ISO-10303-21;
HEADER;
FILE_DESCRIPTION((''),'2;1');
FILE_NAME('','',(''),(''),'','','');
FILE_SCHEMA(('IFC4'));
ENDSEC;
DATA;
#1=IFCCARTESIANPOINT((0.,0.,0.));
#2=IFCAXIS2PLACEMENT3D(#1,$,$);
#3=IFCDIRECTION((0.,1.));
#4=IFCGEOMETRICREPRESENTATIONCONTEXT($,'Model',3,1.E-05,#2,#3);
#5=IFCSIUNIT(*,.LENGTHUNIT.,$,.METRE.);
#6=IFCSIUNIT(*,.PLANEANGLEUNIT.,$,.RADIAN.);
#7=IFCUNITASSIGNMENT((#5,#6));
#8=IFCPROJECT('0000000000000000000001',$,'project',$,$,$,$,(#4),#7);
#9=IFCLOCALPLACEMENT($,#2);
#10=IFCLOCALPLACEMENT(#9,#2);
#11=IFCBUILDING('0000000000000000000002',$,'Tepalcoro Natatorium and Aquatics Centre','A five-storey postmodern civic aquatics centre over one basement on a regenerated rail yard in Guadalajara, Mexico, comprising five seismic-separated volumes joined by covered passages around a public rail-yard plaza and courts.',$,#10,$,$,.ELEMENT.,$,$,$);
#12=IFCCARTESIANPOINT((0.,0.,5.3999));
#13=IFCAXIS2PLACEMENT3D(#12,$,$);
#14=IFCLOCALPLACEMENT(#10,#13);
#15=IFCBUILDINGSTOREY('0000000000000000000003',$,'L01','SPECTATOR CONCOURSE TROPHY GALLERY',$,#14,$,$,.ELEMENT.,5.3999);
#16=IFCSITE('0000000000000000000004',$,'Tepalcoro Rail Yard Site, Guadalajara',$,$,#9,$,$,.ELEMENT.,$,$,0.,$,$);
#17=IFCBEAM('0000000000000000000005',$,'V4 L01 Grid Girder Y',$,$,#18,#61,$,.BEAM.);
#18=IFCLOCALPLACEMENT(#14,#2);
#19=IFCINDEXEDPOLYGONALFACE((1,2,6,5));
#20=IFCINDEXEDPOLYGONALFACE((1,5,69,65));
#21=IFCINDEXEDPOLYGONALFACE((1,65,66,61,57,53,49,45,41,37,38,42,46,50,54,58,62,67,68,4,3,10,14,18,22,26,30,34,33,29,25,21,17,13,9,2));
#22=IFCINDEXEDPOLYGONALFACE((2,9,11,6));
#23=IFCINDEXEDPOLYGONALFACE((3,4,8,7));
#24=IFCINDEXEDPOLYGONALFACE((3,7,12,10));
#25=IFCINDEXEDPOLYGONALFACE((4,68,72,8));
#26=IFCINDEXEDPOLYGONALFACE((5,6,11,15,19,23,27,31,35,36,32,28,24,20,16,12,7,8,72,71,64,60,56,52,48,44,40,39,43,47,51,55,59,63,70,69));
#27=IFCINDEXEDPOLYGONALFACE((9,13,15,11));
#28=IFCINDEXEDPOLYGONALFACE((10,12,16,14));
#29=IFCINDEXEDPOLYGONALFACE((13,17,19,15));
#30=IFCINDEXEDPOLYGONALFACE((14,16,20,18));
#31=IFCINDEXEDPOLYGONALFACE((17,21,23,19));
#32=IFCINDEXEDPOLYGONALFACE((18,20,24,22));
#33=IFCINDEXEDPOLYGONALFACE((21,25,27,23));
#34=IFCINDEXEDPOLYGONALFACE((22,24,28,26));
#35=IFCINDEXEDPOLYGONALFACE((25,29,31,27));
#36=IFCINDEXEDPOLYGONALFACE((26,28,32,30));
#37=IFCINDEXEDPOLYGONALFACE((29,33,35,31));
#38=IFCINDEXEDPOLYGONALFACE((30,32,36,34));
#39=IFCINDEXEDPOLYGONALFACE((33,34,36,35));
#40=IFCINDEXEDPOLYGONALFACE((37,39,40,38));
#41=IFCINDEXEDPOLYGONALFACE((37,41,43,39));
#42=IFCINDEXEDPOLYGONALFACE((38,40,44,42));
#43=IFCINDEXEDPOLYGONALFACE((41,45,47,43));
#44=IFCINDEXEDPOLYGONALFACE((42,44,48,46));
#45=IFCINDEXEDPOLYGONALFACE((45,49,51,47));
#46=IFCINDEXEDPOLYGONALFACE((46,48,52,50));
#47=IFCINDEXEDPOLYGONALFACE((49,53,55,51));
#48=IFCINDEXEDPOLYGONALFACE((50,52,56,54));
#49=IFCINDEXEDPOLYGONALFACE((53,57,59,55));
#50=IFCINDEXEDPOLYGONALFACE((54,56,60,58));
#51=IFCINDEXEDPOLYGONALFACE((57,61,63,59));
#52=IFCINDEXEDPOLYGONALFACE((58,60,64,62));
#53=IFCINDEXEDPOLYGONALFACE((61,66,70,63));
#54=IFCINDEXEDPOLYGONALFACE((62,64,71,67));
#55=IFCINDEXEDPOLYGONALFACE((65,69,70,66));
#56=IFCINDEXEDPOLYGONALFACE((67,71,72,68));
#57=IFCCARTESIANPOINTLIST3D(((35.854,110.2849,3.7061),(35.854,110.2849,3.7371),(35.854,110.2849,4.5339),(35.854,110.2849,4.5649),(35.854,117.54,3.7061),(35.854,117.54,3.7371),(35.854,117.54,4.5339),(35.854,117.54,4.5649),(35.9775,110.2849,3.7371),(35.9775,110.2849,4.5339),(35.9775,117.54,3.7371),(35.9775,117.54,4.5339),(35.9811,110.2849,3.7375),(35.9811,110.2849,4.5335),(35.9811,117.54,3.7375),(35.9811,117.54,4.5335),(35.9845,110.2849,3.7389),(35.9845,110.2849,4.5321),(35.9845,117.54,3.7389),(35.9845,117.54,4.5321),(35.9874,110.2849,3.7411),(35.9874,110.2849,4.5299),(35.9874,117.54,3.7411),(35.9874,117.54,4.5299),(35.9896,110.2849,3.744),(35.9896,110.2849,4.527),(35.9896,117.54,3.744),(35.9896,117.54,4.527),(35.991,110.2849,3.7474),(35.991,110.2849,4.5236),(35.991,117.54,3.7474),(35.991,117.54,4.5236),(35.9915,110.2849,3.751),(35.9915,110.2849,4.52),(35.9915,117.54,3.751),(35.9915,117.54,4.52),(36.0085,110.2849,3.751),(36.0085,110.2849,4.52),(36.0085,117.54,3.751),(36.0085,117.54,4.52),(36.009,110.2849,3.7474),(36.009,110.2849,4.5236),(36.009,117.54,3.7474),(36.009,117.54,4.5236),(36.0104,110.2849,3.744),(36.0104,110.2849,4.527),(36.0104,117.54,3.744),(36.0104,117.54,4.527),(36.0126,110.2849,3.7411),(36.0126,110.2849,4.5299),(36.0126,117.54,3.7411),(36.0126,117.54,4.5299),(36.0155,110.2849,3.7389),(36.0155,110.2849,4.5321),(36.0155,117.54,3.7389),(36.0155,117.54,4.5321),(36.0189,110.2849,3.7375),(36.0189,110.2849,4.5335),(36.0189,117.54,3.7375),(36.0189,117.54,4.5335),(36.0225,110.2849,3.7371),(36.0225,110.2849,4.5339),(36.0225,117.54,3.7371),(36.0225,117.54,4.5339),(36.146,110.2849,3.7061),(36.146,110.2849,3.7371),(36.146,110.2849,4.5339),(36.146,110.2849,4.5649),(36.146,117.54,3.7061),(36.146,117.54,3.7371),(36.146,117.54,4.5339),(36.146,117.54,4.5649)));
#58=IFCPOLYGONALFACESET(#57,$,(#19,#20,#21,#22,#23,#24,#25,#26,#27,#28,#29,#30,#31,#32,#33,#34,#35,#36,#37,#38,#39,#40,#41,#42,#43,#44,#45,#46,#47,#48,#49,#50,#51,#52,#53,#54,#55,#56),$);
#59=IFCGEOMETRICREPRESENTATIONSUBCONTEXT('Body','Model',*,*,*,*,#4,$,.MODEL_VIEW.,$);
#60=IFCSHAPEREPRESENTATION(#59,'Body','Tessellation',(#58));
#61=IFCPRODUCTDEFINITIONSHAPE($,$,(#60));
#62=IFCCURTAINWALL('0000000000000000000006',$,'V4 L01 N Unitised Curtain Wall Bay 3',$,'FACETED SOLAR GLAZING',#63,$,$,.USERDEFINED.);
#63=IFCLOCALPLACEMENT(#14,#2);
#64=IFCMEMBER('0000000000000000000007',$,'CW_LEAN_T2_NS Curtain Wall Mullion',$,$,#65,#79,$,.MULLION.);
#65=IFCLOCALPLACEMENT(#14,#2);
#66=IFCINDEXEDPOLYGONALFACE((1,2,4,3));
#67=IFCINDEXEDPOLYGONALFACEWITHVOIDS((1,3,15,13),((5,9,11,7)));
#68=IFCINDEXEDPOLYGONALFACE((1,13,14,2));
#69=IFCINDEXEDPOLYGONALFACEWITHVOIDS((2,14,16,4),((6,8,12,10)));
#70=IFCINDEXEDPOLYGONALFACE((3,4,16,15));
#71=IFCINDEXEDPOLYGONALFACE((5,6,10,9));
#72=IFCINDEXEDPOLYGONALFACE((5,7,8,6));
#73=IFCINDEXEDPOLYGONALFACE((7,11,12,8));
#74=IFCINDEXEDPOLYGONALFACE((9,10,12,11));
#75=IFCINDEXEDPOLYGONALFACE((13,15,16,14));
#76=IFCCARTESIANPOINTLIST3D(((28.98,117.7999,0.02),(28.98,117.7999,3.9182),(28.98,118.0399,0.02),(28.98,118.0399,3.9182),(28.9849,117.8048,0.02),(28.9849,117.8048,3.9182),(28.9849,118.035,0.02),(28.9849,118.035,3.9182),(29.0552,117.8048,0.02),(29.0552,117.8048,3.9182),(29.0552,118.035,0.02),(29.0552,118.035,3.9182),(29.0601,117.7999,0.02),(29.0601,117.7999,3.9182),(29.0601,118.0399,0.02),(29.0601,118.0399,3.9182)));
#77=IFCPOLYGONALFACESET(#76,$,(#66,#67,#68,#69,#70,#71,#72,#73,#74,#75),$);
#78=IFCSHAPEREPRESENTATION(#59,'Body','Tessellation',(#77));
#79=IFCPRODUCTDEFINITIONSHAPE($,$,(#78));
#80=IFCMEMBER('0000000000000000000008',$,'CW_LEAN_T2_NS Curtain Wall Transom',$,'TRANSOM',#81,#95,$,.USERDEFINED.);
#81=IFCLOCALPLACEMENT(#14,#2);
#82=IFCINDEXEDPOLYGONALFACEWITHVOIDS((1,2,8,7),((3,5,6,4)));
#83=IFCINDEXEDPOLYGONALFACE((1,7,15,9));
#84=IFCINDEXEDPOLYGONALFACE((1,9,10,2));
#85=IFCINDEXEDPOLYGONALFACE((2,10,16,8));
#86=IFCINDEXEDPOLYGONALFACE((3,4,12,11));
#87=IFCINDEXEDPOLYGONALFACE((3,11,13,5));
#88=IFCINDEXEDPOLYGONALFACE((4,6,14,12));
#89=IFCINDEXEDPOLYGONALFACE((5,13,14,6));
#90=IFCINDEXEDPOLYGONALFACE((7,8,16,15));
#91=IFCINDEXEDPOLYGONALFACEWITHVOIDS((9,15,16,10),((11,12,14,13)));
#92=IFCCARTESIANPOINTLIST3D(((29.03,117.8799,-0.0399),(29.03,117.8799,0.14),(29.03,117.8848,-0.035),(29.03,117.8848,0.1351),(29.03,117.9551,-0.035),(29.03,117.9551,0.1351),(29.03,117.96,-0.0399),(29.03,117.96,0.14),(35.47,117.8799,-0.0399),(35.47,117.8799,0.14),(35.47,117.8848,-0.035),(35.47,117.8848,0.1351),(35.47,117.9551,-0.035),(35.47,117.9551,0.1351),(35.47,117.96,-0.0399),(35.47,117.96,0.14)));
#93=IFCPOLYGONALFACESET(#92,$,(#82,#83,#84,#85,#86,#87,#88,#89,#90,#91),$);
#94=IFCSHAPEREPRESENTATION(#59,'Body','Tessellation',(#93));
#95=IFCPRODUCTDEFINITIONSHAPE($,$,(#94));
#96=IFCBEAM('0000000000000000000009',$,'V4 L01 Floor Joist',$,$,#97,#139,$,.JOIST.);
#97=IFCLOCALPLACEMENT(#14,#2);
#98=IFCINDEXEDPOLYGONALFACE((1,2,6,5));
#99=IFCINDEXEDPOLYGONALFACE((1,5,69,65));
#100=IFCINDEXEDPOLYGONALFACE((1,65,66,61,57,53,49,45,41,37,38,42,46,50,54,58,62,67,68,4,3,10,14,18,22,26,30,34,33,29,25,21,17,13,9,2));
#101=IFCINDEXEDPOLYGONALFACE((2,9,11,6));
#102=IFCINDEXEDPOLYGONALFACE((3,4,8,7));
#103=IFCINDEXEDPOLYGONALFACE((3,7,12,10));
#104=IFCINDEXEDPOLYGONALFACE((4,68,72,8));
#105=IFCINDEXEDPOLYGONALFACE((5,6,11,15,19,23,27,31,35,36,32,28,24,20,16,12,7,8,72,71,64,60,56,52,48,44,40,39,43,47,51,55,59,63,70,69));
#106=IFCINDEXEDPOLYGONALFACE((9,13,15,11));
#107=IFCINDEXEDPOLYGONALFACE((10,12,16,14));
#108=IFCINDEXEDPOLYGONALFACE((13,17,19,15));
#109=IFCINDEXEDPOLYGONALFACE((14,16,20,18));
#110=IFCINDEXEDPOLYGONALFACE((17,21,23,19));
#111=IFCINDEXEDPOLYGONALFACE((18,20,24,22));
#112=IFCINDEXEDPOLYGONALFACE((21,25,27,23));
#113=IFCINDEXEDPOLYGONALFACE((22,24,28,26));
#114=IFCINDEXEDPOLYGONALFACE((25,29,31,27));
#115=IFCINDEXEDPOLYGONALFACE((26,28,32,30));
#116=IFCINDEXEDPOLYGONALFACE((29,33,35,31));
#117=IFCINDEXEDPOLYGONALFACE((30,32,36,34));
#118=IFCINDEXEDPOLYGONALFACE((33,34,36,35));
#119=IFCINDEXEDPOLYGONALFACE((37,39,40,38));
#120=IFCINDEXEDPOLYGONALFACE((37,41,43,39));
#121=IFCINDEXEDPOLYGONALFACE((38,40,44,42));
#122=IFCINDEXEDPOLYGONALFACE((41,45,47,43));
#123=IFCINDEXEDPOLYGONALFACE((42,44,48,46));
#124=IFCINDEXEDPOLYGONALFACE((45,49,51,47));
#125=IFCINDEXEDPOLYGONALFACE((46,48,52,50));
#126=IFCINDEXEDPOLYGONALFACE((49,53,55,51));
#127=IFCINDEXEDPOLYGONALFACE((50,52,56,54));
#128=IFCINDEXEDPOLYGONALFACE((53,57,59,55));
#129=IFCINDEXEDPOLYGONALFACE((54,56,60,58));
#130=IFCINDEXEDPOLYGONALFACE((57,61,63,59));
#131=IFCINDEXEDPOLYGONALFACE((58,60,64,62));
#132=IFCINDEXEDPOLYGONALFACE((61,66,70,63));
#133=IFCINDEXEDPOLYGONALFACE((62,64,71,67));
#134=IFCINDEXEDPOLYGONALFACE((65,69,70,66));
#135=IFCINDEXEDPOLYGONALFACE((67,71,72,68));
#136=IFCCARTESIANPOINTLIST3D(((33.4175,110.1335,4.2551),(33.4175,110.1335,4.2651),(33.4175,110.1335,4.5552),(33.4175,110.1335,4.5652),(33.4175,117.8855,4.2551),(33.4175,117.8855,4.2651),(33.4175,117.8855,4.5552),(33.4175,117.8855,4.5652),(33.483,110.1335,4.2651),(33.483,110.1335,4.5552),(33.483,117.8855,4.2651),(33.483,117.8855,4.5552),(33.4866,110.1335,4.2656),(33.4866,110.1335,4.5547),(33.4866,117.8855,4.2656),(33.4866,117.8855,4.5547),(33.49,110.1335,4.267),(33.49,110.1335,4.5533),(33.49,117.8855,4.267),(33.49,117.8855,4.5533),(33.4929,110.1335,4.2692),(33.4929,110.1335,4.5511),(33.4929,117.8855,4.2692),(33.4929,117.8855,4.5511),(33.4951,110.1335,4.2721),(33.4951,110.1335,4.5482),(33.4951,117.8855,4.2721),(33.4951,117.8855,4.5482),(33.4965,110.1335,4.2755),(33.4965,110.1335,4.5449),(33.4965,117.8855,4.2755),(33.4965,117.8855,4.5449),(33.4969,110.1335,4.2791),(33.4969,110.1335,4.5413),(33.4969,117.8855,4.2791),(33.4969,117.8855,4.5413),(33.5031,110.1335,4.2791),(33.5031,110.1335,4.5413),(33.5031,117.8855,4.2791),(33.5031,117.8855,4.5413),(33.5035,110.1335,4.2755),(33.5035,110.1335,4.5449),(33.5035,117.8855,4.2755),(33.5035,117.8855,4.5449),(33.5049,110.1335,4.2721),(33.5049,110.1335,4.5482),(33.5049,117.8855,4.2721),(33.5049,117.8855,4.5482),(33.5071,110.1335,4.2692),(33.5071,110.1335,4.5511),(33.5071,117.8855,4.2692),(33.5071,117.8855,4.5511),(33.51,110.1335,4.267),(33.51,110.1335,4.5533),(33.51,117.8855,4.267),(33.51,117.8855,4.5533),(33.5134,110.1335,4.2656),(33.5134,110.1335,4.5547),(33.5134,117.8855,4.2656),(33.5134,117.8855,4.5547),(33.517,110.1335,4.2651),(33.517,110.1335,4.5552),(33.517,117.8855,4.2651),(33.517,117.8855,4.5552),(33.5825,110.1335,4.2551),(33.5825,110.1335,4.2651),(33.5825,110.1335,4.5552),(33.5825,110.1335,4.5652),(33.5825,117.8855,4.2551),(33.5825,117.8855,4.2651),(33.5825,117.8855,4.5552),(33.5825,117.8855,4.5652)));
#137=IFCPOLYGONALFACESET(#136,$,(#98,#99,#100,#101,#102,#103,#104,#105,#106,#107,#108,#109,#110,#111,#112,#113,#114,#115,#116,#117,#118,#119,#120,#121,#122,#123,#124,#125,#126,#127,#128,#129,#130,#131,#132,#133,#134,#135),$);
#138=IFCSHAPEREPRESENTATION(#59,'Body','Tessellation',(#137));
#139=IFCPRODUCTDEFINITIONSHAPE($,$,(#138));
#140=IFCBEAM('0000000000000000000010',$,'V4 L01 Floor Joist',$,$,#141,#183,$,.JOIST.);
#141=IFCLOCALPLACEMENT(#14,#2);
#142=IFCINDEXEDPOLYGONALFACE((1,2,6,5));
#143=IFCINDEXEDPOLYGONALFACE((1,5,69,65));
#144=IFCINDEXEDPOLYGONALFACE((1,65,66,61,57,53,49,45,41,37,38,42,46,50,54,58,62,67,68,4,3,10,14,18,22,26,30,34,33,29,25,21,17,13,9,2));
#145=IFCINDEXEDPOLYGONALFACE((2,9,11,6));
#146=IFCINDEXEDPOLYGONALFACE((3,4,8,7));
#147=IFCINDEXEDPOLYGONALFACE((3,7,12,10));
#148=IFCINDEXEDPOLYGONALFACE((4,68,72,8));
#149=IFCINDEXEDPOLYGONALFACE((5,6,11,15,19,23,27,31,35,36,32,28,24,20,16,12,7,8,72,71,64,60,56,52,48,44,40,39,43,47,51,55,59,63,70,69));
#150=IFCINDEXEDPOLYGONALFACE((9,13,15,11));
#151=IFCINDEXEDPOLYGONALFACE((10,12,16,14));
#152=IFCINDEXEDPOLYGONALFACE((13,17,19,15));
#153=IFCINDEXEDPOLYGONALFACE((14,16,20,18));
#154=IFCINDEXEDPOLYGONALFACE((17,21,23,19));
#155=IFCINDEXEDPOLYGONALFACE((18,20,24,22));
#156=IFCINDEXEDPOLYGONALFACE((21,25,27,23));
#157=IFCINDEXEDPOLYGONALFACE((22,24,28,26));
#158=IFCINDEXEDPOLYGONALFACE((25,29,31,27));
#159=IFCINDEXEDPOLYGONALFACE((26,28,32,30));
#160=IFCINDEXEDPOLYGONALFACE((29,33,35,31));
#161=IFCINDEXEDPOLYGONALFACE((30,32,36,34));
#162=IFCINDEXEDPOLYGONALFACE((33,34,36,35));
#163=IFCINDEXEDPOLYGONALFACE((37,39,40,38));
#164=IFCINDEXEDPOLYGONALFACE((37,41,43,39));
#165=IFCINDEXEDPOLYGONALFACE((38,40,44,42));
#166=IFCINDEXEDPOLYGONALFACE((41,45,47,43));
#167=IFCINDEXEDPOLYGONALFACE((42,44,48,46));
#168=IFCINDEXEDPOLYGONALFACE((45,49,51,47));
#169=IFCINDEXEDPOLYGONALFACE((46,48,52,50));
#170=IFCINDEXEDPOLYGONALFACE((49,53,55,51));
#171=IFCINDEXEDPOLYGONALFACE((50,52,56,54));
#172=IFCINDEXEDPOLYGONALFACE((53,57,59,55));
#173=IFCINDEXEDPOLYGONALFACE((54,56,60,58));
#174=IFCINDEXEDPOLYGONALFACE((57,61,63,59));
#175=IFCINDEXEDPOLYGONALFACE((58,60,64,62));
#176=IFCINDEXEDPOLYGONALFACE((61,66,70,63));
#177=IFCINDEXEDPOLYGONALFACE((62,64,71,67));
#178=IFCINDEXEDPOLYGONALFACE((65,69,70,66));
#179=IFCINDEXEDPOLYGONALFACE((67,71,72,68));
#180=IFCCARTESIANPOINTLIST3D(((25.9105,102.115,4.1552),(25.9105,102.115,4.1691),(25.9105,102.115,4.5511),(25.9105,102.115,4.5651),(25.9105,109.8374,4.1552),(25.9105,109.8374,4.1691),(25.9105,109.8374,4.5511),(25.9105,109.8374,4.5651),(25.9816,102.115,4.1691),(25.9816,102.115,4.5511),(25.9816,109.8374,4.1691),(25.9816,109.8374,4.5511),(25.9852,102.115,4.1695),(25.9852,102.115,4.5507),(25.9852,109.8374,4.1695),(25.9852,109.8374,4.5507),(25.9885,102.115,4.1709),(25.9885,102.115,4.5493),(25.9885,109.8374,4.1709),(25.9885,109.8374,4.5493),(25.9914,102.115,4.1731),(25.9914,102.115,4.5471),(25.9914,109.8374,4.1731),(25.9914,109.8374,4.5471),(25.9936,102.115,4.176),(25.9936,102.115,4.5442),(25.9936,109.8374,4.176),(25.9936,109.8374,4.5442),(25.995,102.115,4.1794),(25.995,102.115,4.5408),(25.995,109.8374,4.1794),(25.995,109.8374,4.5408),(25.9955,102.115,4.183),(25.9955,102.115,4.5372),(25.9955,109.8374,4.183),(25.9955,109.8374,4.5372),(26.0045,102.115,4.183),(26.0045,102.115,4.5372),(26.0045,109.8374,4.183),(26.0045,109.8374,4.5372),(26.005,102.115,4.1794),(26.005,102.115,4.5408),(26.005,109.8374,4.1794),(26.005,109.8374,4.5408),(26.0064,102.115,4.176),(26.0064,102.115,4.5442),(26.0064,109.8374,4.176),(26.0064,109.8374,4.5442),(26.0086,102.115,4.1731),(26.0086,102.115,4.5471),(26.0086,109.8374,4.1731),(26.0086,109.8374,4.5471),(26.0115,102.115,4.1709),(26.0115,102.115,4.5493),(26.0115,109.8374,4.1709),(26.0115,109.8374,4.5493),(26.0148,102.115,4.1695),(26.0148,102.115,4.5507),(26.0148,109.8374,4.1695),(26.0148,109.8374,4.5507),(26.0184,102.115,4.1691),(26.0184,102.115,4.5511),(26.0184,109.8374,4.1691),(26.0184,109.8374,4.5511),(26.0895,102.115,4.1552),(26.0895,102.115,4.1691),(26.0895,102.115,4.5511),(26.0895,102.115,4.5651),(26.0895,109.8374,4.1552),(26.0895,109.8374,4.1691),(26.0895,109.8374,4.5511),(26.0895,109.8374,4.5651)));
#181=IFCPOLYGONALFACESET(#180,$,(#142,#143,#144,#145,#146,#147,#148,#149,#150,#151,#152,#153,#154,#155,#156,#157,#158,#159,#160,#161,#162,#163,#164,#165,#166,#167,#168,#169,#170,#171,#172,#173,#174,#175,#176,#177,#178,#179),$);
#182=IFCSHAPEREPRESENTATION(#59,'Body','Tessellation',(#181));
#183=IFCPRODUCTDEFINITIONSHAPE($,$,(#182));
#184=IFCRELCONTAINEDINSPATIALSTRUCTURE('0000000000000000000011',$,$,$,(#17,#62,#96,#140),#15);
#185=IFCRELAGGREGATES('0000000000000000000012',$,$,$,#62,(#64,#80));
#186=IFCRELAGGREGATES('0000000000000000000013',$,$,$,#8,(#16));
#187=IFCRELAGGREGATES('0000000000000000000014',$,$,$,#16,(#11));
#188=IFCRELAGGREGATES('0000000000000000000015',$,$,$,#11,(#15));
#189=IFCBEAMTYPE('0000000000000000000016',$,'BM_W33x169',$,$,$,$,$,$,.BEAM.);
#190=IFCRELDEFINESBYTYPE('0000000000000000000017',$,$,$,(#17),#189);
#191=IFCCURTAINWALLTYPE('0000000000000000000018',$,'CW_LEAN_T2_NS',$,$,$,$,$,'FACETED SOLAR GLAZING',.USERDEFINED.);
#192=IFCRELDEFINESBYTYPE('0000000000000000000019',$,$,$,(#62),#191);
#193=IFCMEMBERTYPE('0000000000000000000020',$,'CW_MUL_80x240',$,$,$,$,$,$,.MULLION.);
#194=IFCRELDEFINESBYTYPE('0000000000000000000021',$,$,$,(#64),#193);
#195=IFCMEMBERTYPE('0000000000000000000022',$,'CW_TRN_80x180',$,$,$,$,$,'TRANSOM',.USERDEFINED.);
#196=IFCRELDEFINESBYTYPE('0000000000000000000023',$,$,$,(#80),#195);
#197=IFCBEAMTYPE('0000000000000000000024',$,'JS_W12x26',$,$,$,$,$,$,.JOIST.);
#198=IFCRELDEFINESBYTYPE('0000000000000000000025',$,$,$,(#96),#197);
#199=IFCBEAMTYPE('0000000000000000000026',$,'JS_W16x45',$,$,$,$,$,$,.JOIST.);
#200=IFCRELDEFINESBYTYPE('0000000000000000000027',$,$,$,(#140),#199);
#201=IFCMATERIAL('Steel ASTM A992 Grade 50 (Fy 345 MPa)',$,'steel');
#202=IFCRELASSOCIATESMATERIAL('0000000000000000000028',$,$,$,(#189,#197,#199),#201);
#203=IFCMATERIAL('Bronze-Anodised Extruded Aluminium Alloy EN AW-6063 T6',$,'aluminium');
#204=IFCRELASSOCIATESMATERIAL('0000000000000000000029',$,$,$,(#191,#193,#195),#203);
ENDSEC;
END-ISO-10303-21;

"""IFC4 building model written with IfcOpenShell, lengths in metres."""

from ifc_helpers import new_model, si_unit, direction, frame, origin, origin_2d, place, context, subcontext, project, spatial, hollow_rectangle, i_section, extrude, material, material_profile, profile_set, type_object, element, aggregate, save


model = new_model("IFC4")

# Units and contexts
model_context = context("Model", 3, precision=1e-05, world=origin(), true_north=direction((0.0, 1.0)))
body_context = subcontext(model_context, "Body", "Model", "MODEL_VIEW")
ifc_project = project(units=[si_unit("LENGTHUNIT", "METRE"), si_unit("PLANEANGLEUNIT", "RADIAN")], contexts=[model_context])

# Site, building, storey
site_placement = place(None, origin())
site = spatial("IfcSite", under=ifc_project, at=site_placement, Name="Tepalcoro Rail Yard Site, Guadalajara", CompositionType="ELEMENT", RefElevation=0.0)
building_placement = place(site_placement, origin())
building = spatial("IfcBuilding", under=site, at=building_placement, Name="Tepalcoro Natatorium and Aquatics Centre", Description="A five-storey postmodern civic aquatics centre over one basement on a regenerated rail yard in Guadalajara, Mexico, comprising five seismic-separated volumes joined by covered passages around a public rail-yard plaza and courts.", CompositionType="ELEMENT")
storey_placement = place(building_placement, frame((0.0, 0.0, 5.3999)))
storey = spatial("IfcBuildingStorey", under=building, at=storey_placement, Name="L01", Description="SPECTATOR CONCOURSE TROPHY GALLERY", CompositionType="ELEMENT", Elevation=5.3999)

# Beam
ifc_material_1 = material(Name="Steel ASTM A992 Grade 50 (Fy 345 MPa)", Category="steel")
ifc_material_profile_1 = material_profile(ifc_material_1, i_section(OverallWidth=0.292, OverallDepth=0.8589, WebThickness=0.0171, FlangeThickness=0.031, FilletRadius=0.0139, at=origin_2d()), Name="W33X169")
ifc_profile_set_1 = profile_set([ifc_material_profile_1], Name="Steel ASTM A992 Grade 50 (Fy 345 MPa)")
beam_type_1 = type_object("IfcBeamType", Name="BM_W33x169", PredefinedType="BEAM", material=ifc_profile_set_1)
beam_1_placement = place(storey_placement, frame((36.0, 110.2849, 4.1355), z_axis=(0.0, 1.0, 0.0), x_axis=(-1.0, 0.0, 0.0)))
element("IfcBeam", 1, at=beam_1_placement, inside=storey, type_object=beam_type_1, Name="V4 L01 Grid Girder Y", PredefinedType="BEAM", context=body_context, shape_type="SweptSolid", body=[
    extrude(i_section(OverallWidth=0.292, OverallDepth=0.8589, WebThickness=0.0171, FlangeThickness=0.031, FilletRadius=0.0139, at=origin_2d()), origin(), (0.0, 0.0, 1.0), 7.2551),
])

# Curtain wall, members
ifc_material_2 = material(Name="Bronze-Anodised Extruded Aluminium Alloy EN AW-6063 T6", Category="aluminium")
curtain_wall_type = type_object("IfcCurtainWallType", Name="CW_LEAN_T2_NS", ElementType="FACETED SOLAR GLAZING", PredefinedType="USERDEFINED", material=ifc_material_2)
curtain_wall_placement = place(storey_placement, origin())
curtain_wall = element("IfcCurtainWall", 2, at=curtain_wall_placement, inside=storey, type_object=curtain_wall_type, Name="V4 L01 N Unitised Curtain Wall Bay 3", ObjectType="FACETED SOLAR GLAZING", PredefinedType="USERDEFINED")
ifc_material_profile_2 = material_profile(ifc_material_2, hollow_rectangle(XDim=0.0801, YDim=0.24, WallThickness=0.0049, at=origin_2d()), Name="AL80X240X5")
ifc_profile_set_2 = profile_set([ifc_material_profile_2], Name="Bronze-Anodised Extruded Aluminium Alloy EN AW-6063 T6")
member_type_1 = type_object("IfcMemberType", Name="CW_MUL_80x240", PredefinedType="MULLION", material=ifc_profile_set_2)
member_1_placement = place(storey_placement, frame((29.02, 117.9199, 0.02), z_axis=(0.0, 0.0, 1.0), x_axis=(1.0, 0.0, 0.0)))
member_1 = element("IfcMember", 3, at=member_1_placement, type_object=member_type_1, Name="CW_LEAN_T2_NS Curtain Wall Mullion", PredefinedType="MULLION", context=body_context, shape_type="SweptSolid", body=[
    extrude(hollow_rectangle(XDim=0.0801, YDim=0.24, WallThickness=0.0049, at=origin_2d()), origin(), (0.0, 0.0, 1.0), 3.8982),
])
ifc_material_profile_3 = material_profile(ifc_material_2, hollow_rectangle(XDim=0.0801, YDim=0.1799, WallThickness=0.0049, at=origin_2d()), Name="AL80X180X5")
ifc_profile_set_3 = profile_set([ifc_material_profile_3], Name="Bronze-Anodised Extruded Aluminium Alloy EN AW-6063 T6")
member_type_2 = type_object("IfcMemberType", Name="CW_TRN_80x180", ElementType="TRANSOM", PredefinedType="USERDEFINED", material=ifc_profile_set_3)
member_2_placement = place(storey_placement, frame((29.03, 117.9199, 0.05), z_axis=(1.0, 0.0, 0.0), x_axis=(0.0, 1.0, 0.0)))
member_2 = element("IfcMember", 4, at=member_2_placement, type_object=member_type_2, Name="CW_LEAN_T2_NS Curtain Wall Transom", ObjectType="TRANSOM", PredefinedType="USERDEFINED", context=body_context, shape_type="SweptSolid", body=[
    extrude(hollow_rectangle(XDim=0.0801, YDim=0.1799, WallThickness=0.0049, at=origin_2d()), origin(), (0.0, 0.0, 1.0), 6.4399),
])
aggregate(curtain_wall, [member_1, member_2])

# Beams
ifc_material_profile_4 = material_profile(ifc_material_1, i_section(OverallWidth=0.165, OverallDepth=0.3101, WebThickness=0.0061, FlangeThickness=0.01, FilletRadius=0.0139, at=origin_2d()), Name="W12X26")
ifc_profile_set_4 = profile_set([ifc_material_profile_4], Name="Steel ASTM A992 Grade 50 (Fy 345 MPa)")
beam_type_2 = type_object("IfcBeamType", Name="JS_W12x26", PredefinedType="JOIST", material=ifc_profile_set_4)
beam_2_placement = place(storey_placement, frame((33.5, 110.1335, 4.4102), z_axis=(0.0, 1.0, 0.0), x_axis=(-1.0, 0.0, 0.0)))
element("IfcBeam", 5, at=beam_2_placement, inside=storey, type_object=beam_type_2, Name="V4 L01 Floor Joist", PredefinedType="JOIST", context=body_context, shape_type="SweptSolid", body=[
    extrude(i_section(OverallWidth=0.165, OverallDepth=0.3101, WebThickness=0.0061, FlangeThickness=0.01, FilletRadius=0.0139, at=origin_2d()), origin(), (0.0, 0.0, 1.0), 7.752),
])
ifc_material_profile_5 = material_profile(ifc_material_1, i_section(OverallWidth=0.179, OverallDepth=0.4099, WebThickness=0.009, FlangeThickness=0.0139, FilletRadius=0.0139, at=origin_2d()), Name="W16X45")
ifc_profile_set_5 = profile_set([ifc_material_profile_5], Name="Steel ASTM A992 Grade 50 (Fy 345 MPa)")
beam_type_3 = type_object("IfcBeamType", Name="JS_W16x45", PredefinedType="JOIST", material=ifc_profile_set_5)
beam_3_placement = place(storey_placement, frame((26.0, 102.115, 4.3601), z_axis=(0.0, 1.0, 0.0), x_axis=(-1.0, 0.0, 0.0)))
element("IfcBeam", 6, at=beam_3_placement, inside=storey, type_object=beam_type_3, Name="V4 L01 Floor Joist", PredefinedType="JOIST", context=body_context, shape_type="SweptSolid", body=[
    extrude(i_section(OverallWidth=0.179, OverallDepth=0.4099, WebThickness=0.009, FlangeThickness=0.0139, FilletRadius=0.0139, at=origin_2d()), origin(), (0.0, 0.0, 1.0), 7.7224),
])

save(model, "model.ifc")
